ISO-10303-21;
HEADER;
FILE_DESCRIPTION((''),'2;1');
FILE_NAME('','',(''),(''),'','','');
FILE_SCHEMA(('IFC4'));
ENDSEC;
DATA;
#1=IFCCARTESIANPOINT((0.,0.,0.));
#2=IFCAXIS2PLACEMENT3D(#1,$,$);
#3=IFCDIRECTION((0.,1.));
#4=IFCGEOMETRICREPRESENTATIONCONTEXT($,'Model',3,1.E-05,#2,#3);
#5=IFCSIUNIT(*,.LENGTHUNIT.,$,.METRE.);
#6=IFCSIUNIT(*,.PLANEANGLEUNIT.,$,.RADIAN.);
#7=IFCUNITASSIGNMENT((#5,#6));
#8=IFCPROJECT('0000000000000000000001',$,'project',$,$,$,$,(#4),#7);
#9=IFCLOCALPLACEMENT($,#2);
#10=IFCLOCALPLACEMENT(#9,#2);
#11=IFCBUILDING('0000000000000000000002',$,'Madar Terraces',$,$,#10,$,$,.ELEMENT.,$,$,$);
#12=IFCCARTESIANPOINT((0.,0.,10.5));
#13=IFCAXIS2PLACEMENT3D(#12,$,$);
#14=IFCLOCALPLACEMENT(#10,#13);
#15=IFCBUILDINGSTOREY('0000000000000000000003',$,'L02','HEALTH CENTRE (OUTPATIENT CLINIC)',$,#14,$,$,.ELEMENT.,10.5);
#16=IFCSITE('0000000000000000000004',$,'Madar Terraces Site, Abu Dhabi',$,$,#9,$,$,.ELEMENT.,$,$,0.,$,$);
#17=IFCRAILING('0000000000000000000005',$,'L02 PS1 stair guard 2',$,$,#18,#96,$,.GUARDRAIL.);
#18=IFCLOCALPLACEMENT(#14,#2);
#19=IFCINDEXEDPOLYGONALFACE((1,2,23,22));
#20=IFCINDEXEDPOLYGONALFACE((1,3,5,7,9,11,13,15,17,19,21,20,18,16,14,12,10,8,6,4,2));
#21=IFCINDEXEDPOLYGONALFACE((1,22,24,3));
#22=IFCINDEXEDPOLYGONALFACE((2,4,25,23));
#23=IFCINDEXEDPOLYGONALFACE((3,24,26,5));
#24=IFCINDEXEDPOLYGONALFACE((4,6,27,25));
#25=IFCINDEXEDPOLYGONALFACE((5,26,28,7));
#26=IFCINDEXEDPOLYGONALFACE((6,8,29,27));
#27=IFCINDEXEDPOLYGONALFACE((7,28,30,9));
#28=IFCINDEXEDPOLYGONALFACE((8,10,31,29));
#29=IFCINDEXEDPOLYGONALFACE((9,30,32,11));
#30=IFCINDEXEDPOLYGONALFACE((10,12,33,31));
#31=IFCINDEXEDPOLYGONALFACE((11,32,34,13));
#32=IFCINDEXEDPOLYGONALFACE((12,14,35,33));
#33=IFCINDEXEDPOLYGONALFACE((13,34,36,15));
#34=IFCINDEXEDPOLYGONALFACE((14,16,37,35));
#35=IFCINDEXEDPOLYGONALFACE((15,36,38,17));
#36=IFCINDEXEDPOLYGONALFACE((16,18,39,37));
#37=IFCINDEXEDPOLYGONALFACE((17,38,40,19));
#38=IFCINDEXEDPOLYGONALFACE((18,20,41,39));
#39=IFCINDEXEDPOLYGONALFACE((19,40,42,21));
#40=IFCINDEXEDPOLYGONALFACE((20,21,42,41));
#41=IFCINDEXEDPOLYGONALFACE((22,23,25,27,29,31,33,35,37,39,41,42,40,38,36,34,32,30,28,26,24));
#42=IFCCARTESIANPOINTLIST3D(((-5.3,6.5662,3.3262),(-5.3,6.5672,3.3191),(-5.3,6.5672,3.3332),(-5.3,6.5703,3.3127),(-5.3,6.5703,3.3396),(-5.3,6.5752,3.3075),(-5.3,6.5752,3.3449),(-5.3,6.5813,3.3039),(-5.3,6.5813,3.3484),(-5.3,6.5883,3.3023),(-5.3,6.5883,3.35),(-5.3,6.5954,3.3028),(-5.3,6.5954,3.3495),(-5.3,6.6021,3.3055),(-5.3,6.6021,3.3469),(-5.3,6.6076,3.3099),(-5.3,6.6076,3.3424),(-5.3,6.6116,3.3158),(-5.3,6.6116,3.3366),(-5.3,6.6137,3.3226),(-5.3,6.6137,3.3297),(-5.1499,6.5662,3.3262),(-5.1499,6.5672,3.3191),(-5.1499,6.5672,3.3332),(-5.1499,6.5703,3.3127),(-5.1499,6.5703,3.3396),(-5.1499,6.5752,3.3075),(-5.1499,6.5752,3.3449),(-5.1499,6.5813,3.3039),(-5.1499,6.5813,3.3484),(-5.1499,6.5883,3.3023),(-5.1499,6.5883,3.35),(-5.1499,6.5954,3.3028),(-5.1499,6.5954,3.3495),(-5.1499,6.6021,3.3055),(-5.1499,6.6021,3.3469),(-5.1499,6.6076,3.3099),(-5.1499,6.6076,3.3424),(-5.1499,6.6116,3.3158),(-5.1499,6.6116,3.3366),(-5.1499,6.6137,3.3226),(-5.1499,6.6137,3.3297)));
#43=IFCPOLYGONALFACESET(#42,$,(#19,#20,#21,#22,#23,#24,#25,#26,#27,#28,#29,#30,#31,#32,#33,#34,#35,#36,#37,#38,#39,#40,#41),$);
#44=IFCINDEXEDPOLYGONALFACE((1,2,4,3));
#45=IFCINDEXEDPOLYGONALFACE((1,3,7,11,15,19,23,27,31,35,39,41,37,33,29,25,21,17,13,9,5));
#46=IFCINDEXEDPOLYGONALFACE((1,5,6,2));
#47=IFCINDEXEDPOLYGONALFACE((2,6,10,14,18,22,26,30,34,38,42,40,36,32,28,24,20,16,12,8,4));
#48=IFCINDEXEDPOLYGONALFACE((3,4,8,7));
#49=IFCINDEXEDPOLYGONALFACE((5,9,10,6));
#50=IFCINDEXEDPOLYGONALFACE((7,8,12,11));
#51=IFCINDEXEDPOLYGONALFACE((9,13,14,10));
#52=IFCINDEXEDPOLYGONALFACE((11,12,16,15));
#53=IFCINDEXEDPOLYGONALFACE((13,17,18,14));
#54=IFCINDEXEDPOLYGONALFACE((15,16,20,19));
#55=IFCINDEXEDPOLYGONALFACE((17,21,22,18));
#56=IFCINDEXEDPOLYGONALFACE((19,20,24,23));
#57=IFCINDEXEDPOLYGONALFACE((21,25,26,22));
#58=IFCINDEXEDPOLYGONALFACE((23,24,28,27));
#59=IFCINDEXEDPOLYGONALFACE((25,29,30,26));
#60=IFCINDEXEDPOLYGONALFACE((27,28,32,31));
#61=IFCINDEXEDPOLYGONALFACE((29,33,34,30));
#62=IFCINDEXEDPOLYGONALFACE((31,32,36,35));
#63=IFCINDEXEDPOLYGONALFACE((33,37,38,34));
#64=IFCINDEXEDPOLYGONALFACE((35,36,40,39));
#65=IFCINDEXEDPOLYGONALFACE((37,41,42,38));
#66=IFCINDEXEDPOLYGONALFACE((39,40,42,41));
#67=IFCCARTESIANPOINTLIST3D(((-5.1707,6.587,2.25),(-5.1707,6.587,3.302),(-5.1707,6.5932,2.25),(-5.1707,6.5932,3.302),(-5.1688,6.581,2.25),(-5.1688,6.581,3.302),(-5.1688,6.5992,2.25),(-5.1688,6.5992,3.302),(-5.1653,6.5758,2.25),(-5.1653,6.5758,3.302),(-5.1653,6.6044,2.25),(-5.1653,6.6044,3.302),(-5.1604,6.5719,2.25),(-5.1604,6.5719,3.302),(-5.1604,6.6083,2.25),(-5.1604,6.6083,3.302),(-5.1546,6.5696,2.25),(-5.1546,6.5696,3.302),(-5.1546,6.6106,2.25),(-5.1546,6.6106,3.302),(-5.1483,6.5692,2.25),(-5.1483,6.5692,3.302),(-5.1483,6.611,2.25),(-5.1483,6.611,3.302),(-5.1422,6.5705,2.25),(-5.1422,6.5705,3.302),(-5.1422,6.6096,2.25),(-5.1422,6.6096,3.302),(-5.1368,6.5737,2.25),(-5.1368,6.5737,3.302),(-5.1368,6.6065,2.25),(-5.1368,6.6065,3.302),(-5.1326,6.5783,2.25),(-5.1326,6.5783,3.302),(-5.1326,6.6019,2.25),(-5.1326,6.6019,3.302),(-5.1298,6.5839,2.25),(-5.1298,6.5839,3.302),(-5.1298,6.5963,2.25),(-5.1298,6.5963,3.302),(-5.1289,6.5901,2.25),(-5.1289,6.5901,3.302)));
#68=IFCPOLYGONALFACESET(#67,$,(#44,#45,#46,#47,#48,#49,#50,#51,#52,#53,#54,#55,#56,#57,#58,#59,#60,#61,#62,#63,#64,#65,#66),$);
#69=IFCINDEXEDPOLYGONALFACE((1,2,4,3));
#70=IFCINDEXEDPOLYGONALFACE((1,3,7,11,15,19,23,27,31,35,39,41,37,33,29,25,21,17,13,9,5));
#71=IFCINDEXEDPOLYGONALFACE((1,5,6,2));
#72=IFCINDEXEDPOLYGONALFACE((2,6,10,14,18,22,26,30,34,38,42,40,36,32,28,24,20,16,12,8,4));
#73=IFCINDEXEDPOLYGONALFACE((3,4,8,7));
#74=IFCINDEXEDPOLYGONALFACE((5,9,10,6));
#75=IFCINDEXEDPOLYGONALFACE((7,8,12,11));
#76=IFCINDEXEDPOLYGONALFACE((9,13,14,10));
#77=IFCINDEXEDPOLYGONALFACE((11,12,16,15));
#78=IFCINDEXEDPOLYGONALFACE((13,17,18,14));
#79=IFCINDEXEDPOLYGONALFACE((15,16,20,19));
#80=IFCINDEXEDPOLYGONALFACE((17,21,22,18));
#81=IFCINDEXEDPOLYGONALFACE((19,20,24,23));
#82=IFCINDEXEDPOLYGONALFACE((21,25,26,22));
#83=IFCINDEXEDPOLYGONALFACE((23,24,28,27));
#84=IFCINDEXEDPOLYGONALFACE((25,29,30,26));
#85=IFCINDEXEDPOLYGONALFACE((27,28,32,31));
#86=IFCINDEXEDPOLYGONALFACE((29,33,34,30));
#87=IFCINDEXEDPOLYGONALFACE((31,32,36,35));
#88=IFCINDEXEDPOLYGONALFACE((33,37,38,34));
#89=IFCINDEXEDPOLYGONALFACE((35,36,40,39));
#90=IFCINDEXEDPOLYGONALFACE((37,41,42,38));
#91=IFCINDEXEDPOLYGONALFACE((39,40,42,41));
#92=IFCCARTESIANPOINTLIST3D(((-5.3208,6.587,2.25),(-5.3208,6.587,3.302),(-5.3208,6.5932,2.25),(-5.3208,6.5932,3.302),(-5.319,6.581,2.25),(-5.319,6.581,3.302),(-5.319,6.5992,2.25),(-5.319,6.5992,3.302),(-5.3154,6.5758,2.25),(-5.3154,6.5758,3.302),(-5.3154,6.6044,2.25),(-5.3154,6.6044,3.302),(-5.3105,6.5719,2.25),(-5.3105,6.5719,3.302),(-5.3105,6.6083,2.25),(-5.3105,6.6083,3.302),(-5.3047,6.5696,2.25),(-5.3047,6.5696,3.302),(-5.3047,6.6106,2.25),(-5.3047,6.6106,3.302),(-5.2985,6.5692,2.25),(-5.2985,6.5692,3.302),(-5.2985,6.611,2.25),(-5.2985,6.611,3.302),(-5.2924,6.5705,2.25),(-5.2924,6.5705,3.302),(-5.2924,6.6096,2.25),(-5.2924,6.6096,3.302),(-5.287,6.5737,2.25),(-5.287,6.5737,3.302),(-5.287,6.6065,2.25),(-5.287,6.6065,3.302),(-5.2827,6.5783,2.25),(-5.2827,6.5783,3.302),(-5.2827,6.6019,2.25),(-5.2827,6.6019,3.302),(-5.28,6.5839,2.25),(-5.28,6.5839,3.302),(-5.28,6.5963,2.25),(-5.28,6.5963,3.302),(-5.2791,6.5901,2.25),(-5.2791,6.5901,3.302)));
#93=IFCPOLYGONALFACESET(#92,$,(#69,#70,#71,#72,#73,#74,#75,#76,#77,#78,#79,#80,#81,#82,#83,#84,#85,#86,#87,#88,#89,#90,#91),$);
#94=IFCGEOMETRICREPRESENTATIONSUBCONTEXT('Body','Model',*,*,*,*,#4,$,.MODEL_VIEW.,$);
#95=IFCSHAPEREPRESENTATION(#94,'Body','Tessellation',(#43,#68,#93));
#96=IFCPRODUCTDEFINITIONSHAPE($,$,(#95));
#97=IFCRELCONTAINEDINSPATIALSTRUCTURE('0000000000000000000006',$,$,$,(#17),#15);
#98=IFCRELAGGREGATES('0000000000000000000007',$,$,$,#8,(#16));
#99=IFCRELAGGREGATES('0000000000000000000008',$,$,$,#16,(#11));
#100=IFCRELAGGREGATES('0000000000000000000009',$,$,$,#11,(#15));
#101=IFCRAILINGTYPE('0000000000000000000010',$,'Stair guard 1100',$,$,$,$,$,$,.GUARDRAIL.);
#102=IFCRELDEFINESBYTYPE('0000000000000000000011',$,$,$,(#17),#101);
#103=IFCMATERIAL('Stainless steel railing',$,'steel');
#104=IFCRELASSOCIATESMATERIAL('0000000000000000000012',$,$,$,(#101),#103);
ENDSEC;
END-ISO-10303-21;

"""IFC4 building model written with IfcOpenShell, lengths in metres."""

from ifc_helpers import new_model, si_unit, direction, frame, origin, origin_2d, place, context, subcontext, project, spatial, circle, extrude, material, type_object, element, save


model = new_model("IFC4")

# Units and contexts
model_context = context("Model", 3, precision=1e-05, world=origin(), true_north=direction((0.0, 1.0)))
body_context = subcontext(model_context, "Body", "Model", "MODEL_VIEW")
ifc_project = project(units=[si_unit("LENGTHUNIT", "METRE"), si_unit("PLANEANGLEUNIT", "RADIAN")], contexts=[model_context])

# Site, building, storey
site_placement = place(None, origin())
site = spatial("IfcSite", under=ifc_project, at=site_placement, Name="Madar Terraces Site, Abu Dhabi", CompositionType="ELEMENT", RefElevation=0.0)
building_placement = place(site_placement, origin())
building = spatial("IfcBuilding", under=site, at=building_placement, Name="Madar Terraces", CompositionType="ELEMENT")
storey_placement = place(building_placement, frame((0.0, 0.0, 10.5)))
storey = spatial("IfcBuildingStorey", under=building, at=storey_placement, Name="L02", Description="HEALTH CENTRE (OUTPATIENT CLINIC)", CompositionType="ELEMENT", Elevation=10.5)

# Railing
ifc_material_1 = material(Name="Stainless steel railing", Category="steel")
railing_type_1 = type_object("IfcRailingType", Name="Stair guard 1100", PredefinedType="GUARDRAIL", material=ifc_material_1)
railing_1_placement = place(storey_placement, frame((-5.1499, 6.5901, 2.25)))
element("IfcRailing", 1, at=railing_1_placement, inside=storey, type_object=railing_type_1, Name="L02 PS1 stair guard 2", PredefinedType="GUARDRAIL", context=body_context, shape_type="SweptSolid", body=[
    extrude(circle(Radius=0.0239, at=origin_2d()), frame((0.0, 0.0, 1.0762), z_axis=(-1.0, 0.0, 0.0), x_axis=(0.0, -1.0, 0.0)), (0.0, 0.0, 1.0), 0.1501),
    extrude(circle(Radius=0.021, at=origin_2d()), origin(), (0.0, 0.0, 1.0), 1.052),
    extrude(circle(Radius=0.021, at=origin_2d()), frame((-0.1501, 0.0, 0.0)), (0.0, 0.0, 1.0), 1.052),
])

save(model, "model.ifc")
